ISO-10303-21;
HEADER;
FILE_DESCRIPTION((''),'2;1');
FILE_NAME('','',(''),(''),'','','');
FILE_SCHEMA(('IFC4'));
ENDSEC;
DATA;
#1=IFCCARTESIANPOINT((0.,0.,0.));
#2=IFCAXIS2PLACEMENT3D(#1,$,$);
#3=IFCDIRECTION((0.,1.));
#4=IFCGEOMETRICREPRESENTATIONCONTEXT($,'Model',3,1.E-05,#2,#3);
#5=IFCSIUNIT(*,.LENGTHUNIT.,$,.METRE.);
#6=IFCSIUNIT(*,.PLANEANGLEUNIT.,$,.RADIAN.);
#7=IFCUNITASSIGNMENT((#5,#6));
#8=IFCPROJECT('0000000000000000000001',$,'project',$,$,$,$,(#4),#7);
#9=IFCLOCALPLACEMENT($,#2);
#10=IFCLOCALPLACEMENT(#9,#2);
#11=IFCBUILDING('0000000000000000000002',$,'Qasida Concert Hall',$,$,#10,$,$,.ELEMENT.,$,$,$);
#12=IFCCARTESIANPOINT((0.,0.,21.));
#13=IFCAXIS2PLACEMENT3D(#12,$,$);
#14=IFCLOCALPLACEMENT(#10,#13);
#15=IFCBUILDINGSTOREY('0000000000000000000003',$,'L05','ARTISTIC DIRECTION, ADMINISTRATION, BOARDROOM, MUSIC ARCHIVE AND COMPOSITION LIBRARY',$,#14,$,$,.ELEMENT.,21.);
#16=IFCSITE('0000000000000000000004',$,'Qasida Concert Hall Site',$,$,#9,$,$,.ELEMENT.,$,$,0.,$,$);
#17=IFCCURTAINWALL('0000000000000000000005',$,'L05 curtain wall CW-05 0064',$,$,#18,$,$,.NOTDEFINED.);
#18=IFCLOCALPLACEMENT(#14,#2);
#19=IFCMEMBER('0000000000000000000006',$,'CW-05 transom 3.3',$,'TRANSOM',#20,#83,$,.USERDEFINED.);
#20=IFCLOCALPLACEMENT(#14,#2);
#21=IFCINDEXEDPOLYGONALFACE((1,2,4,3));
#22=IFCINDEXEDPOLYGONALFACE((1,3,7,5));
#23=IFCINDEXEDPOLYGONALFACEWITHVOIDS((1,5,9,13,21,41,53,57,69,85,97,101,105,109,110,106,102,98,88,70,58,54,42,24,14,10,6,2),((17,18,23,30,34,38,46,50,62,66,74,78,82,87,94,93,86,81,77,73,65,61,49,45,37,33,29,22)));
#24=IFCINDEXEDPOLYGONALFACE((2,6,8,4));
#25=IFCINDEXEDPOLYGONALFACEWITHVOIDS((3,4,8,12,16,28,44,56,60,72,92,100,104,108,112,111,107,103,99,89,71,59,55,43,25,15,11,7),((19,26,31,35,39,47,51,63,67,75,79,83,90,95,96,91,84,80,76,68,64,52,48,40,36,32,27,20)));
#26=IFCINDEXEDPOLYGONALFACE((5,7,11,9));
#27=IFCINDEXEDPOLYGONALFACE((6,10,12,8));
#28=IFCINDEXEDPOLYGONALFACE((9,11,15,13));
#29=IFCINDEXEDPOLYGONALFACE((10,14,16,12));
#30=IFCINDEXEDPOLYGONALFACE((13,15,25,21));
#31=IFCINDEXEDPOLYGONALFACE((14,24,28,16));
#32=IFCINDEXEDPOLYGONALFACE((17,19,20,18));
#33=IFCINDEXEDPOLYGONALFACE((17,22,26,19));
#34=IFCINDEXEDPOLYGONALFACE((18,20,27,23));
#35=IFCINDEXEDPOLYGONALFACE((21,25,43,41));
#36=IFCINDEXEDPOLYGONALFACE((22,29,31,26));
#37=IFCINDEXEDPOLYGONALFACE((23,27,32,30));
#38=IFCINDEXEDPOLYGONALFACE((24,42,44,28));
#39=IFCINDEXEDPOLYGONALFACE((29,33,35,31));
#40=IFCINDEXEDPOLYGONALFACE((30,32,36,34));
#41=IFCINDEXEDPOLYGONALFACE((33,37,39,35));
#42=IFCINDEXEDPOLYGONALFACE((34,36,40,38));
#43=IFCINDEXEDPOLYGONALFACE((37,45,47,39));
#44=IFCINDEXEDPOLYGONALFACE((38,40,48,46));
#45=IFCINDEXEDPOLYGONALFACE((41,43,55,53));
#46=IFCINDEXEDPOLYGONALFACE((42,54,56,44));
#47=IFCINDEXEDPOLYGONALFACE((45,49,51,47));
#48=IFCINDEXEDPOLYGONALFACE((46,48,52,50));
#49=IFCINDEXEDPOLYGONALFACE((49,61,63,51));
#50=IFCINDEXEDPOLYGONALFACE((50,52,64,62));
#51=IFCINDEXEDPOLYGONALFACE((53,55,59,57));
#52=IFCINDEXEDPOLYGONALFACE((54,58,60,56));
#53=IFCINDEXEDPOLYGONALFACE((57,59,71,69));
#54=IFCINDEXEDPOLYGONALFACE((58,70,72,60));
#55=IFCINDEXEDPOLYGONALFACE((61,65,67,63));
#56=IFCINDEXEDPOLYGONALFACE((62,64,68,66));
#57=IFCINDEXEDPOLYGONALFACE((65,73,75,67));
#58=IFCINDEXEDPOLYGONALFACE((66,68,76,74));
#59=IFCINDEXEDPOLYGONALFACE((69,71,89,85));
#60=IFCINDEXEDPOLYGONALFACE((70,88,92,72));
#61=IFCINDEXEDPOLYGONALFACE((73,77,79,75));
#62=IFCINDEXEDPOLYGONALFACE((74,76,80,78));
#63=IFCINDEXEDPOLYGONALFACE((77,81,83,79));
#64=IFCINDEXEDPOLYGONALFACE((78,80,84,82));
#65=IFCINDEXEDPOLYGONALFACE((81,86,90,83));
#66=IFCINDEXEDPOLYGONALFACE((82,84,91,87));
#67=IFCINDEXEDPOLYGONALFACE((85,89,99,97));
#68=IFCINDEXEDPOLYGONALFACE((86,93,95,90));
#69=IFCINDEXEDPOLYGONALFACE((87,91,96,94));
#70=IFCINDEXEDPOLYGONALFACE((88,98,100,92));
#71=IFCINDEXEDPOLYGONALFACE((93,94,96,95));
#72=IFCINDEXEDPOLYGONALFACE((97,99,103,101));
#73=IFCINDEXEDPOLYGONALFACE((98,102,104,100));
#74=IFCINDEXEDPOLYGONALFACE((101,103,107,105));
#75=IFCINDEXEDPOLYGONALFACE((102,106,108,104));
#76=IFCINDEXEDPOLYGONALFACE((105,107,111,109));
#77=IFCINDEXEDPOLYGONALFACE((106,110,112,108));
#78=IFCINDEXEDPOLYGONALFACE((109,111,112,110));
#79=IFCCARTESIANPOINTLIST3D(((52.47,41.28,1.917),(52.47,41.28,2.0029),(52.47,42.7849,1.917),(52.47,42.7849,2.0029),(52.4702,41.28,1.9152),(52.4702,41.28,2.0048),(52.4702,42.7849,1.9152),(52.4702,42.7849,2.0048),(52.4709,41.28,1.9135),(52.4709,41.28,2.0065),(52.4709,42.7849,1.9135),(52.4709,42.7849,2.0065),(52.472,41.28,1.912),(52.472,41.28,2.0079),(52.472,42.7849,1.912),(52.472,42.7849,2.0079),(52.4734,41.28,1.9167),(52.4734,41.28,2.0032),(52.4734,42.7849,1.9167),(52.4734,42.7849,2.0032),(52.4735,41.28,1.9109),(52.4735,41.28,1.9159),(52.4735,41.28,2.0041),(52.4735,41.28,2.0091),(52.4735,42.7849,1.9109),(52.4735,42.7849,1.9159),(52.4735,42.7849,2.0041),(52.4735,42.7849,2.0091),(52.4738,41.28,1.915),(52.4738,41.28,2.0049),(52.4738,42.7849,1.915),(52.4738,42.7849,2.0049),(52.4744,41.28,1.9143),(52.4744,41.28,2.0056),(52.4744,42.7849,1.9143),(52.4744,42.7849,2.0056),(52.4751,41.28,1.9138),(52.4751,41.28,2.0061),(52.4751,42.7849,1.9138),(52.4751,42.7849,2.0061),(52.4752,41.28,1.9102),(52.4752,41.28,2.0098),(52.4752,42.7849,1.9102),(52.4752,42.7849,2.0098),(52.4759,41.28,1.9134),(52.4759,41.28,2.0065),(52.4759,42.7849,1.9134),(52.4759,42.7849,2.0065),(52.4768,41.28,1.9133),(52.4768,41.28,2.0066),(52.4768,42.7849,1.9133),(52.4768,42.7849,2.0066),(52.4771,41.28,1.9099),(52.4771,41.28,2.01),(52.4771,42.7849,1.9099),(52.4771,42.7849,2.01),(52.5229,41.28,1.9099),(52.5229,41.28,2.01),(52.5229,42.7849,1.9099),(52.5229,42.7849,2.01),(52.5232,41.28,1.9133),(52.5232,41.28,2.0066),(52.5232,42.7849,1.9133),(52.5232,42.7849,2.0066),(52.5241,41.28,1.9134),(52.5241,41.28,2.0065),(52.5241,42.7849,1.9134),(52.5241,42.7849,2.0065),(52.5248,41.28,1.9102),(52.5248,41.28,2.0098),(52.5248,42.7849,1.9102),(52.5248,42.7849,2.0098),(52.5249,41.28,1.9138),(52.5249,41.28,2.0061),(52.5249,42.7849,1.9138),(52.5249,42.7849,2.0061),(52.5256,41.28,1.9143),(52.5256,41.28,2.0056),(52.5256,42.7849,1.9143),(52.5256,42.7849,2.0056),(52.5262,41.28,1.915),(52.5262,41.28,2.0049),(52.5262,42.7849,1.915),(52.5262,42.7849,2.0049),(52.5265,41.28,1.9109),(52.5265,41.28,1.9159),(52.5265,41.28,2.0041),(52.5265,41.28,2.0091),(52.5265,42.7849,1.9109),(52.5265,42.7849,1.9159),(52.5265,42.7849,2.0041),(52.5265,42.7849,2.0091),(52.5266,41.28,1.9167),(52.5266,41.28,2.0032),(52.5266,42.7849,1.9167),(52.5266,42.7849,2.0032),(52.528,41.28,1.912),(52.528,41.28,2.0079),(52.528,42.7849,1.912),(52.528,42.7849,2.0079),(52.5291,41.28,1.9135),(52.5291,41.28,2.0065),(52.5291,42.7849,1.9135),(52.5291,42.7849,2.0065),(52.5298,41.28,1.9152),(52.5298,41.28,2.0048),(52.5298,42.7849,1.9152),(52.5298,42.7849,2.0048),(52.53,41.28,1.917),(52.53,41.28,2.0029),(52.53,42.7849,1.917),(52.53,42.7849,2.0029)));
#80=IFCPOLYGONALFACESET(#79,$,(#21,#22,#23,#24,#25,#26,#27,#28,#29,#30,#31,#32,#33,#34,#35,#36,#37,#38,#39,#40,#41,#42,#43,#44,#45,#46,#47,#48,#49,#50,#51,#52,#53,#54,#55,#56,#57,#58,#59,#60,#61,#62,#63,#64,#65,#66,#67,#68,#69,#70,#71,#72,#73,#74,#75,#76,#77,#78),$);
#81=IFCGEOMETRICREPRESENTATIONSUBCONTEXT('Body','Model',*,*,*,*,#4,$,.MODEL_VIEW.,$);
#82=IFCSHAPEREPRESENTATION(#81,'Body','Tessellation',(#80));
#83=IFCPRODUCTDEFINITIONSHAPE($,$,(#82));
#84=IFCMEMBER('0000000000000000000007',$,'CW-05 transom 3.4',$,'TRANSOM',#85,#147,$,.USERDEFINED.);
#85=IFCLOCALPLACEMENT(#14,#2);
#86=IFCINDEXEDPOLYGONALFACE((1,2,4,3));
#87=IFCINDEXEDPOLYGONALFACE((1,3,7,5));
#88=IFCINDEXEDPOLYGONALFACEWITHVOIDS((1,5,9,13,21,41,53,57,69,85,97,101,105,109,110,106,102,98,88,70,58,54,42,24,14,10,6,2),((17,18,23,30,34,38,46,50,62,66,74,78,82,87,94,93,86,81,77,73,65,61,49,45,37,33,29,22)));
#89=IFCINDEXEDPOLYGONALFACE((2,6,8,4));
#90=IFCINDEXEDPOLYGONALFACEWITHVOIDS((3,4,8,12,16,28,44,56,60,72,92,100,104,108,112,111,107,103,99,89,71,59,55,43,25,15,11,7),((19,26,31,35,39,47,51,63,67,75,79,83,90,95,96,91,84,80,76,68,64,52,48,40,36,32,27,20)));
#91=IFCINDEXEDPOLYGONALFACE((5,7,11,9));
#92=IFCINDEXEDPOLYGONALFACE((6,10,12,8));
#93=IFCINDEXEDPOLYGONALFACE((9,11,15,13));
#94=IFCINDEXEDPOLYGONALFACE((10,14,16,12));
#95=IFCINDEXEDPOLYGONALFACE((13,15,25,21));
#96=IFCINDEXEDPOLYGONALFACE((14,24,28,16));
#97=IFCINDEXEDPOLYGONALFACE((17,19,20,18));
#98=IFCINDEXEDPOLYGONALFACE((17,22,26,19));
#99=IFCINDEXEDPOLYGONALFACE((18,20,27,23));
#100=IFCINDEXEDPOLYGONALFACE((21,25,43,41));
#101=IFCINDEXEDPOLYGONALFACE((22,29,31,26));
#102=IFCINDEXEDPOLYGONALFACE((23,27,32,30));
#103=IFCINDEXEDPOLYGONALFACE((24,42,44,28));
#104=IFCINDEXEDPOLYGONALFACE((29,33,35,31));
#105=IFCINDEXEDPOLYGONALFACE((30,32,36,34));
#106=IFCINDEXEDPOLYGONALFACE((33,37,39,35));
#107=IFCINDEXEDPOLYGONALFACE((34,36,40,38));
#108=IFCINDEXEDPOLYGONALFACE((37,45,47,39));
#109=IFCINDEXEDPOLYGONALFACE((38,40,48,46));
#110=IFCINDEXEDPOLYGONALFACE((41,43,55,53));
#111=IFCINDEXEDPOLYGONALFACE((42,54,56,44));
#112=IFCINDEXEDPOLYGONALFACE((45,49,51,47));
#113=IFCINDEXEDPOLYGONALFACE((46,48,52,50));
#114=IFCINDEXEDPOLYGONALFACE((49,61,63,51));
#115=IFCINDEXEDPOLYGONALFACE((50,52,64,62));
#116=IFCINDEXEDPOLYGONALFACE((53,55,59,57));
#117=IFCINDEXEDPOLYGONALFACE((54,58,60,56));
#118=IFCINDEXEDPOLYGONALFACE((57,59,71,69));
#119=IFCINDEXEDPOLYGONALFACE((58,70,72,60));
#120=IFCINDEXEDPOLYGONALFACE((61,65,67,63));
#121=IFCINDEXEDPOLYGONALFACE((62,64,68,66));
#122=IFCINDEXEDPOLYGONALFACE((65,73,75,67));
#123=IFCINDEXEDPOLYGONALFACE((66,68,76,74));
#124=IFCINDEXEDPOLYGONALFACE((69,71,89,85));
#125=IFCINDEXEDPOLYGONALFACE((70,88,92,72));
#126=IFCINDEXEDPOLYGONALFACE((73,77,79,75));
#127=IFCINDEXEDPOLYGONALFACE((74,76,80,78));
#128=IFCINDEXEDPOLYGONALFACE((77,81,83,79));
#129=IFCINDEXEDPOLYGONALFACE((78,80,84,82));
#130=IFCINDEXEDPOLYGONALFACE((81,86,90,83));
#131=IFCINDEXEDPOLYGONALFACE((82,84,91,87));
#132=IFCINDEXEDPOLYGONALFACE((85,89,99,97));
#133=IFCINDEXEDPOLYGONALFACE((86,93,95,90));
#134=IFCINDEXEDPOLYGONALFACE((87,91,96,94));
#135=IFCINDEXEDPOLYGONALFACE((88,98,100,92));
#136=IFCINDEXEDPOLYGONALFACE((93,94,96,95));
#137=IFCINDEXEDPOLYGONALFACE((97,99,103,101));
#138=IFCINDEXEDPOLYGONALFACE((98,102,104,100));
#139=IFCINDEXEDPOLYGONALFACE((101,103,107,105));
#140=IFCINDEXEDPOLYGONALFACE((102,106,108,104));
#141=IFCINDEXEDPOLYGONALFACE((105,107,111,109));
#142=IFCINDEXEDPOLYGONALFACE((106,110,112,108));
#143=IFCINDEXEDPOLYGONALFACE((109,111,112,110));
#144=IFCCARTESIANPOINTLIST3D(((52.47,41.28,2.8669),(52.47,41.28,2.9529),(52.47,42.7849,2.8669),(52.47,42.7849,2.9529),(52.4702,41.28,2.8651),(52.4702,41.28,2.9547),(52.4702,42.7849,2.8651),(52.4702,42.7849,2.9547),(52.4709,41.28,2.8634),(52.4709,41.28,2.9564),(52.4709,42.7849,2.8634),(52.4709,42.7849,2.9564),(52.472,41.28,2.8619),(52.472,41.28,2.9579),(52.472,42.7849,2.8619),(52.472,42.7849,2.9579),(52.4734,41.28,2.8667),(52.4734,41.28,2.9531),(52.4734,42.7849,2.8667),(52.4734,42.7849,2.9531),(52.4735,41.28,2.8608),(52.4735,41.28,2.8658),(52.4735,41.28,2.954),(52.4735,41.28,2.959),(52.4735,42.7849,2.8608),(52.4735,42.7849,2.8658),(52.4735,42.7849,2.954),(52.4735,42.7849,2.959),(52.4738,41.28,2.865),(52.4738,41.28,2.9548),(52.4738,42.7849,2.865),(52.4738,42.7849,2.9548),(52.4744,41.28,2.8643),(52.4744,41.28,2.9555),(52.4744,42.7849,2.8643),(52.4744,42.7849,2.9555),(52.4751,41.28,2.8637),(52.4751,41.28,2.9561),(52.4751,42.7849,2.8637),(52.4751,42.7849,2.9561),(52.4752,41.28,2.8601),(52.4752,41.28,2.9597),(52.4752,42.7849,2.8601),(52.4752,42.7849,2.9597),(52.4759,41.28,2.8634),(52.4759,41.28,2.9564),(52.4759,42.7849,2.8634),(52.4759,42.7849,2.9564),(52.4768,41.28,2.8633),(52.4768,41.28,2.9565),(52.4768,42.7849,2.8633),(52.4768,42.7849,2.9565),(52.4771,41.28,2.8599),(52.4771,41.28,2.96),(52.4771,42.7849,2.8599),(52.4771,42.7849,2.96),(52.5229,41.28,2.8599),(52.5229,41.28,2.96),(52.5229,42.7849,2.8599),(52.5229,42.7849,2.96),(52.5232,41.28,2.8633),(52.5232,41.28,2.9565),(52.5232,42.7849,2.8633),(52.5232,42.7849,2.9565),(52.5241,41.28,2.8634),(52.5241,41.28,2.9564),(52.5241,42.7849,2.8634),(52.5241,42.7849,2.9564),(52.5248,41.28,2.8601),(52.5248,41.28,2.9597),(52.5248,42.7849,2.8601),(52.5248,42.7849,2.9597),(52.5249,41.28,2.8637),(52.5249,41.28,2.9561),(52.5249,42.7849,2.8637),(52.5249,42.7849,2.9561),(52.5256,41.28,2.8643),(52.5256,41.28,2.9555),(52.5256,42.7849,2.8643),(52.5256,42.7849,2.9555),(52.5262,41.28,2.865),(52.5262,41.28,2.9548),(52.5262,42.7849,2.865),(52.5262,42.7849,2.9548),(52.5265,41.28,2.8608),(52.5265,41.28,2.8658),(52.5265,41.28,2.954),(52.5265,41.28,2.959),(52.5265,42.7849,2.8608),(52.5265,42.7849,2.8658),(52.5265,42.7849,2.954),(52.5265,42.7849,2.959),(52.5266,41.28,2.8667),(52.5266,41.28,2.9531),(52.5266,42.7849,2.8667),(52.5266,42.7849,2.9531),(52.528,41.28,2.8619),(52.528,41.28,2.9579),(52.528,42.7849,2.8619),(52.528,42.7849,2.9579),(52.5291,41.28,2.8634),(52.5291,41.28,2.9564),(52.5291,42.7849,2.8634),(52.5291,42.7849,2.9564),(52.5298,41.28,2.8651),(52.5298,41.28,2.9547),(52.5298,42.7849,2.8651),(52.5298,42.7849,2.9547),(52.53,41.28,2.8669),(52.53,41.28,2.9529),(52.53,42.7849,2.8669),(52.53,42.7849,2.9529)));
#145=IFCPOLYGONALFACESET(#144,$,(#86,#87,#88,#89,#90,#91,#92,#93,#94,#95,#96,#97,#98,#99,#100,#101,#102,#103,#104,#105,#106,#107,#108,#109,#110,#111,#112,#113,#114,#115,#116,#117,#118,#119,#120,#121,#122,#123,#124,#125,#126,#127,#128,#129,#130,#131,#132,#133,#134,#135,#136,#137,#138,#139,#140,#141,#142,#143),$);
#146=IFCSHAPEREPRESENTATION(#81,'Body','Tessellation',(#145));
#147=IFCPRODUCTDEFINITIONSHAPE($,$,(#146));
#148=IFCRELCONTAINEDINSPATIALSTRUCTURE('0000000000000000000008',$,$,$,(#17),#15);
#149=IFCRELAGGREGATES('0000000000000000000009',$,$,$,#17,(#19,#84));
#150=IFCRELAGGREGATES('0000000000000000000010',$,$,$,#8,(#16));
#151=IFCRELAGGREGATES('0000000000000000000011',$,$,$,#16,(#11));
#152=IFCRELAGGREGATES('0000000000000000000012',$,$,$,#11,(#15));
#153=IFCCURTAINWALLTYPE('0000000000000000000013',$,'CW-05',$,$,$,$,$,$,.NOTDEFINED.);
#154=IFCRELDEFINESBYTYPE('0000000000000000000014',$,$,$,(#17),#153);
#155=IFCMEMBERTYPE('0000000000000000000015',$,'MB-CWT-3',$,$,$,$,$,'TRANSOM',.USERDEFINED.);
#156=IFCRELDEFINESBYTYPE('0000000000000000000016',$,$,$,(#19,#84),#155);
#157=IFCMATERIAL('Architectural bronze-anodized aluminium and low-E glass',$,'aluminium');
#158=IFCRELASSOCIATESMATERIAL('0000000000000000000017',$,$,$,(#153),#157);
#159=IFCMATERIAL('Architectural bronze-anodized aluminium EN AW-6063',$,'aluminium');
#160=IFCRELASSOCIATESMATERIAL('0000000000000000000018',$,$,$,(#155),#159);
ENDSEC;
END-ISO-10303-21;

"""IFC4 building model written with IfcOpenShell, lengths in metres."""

from ifc_helpers import new_model, si_unit, direction, frame, origin, origin_2d, place, context, subcontext, project, spatial, hollow_rectangle, extrude, material, material_profile, profile_set, type_object, element, aggregate, save


model = new_model("IFC4")

# Units and contexts
model_context = context("Model", 3, precision=1e-05, world=origin(), true_north=direction((0.0, 1.0)))
body_context = subcontext(model_context, "Body", "Model", "MODEL_VIEW")
ifc_project = project(units=[si_unit("LENGTHUNIT", "METRE"), si_unit("PLANEANGLEUNIT", "RADIAN")], contexts=[model_context])

# Site, building, storey
site_placement = place(None, origin())
site = spatial("IfcSite", under=ifc_project, at=site_placement, Name="Qasida Concert Hall Site", CompositionType="ELEMENT", RefElevation=0.0)
building_placement = place(site_placement, origin())
building = spatial("IfcBuilding", under=site, at=building_placement, Name="Qasida Concert Hall", CompositionType="ELEMENT")
storey_placement = place(building_placement, frame((0.0, 0.0, 21.0)))
storey = spatial("IfcBuildingStorey", under=building, at=storey_placement, Name="L05", Description="ARTISTIC DIRECTION, ADMINISTRATION, BOARDROOM, MUSIC ARCHIVE AND COMPOSITION LIBRARY", CompositionType="ELEMENT", Elevation=21.0)

# Curtain wall, members
ifc_material_1 = material(Name="Architectural bronze-anodized aluminium and low-E glass", Category="aluminium")
curtain_wall_type = type_object("IfcCurtainWallType", Name="CW-05", PredefinedType="NOTDEFINED", material=ifc_material_1)
curtain_wall_placement = place(storey_placement, origin())
curtain_wall = element("IfcCurtainWall", 1, at=curtain_wall_placement, inside=storey, type_object=curtain_wall_type, Name="L05 curtain wall CW-05 0064", PredefinedType="NOTDEFINED")
ifc_material_2 = material(Name="Architectural bronze-anodized aluminium EN AW-6063", Category="aluminium")
ifc_material_profile_1 = material_profile(ifc_material_2, hollow_rectangle(XDim=0.0601, YDim=0.1001, WallThickness=0.0034, InnerFilletRadius=0.0034, OuterFilletRadius=0.0071, at=origin_2d()), Name="CWT 100x60x3.5")
ifc_profile_set_1 = profile_set([ifc_material_profile_1], Name="Architectural bronze-anodized aluminium EN AW-6063")
member_type_1 = type_object("IfcMemberType", Name="MB-CWT-3", ElementType="TRANSOM", PredefinedType="USERDEFINED", material=ifc_profile_set_1)
member_1_placement = place(storey_placement, frame((52.5, 41.28, 1.96), z_axis=(0.0, 1.0, 0.0), x_axis=(-1.0, 0.0, 0.0)))
member_1 = element("IfcMember", 2, at=member_1_placement, type_object=member_type_1, Name="CW-05 transom 3.3", ObjectType="TRANSOM", PredefinedType="USERDEFINED", context=body_context, shape_type="SweptSolid", body=[
    extrude(hollow_rectangle(XDim=0.0601, YDim=0.1001, WallThickness=0.0034, InnerFilletRadius=0.0034, OuterFilletRadius=0.0071, at=origin_2d()), origin(), (0.0, 0.0, 1.0), 1.5049),
])
member_2_placement = place(storey_placement, frame((52.5, 41.28, 2.9099), z_axis=(0.0, 1.0, 0.0), x_axis=(-1.0, 0.0, 0.0)))
member_2 = element("IfcMember", 3, at=member_2_placement, type_object=member_type_1, Name="CW-05 transom 3.4", ObjectType="TRANSOM", PredefinedType="USERDEFINED", context=body_context, shape_type="SweptSolid", body=[
    extrude(hollow_rectangle(XDim=0.0601, YDim=0.1001, WallThickness=0.0034, InnerFilletRadius=0.0034, OuterFilletRadius=0.0071, at=origin_2d()), origin(), (0.0, 0.0, 1.0), 1.5049),
])
aggregate(curtain_wall, [member_1, member_2])

save(model, "model.ifc")
